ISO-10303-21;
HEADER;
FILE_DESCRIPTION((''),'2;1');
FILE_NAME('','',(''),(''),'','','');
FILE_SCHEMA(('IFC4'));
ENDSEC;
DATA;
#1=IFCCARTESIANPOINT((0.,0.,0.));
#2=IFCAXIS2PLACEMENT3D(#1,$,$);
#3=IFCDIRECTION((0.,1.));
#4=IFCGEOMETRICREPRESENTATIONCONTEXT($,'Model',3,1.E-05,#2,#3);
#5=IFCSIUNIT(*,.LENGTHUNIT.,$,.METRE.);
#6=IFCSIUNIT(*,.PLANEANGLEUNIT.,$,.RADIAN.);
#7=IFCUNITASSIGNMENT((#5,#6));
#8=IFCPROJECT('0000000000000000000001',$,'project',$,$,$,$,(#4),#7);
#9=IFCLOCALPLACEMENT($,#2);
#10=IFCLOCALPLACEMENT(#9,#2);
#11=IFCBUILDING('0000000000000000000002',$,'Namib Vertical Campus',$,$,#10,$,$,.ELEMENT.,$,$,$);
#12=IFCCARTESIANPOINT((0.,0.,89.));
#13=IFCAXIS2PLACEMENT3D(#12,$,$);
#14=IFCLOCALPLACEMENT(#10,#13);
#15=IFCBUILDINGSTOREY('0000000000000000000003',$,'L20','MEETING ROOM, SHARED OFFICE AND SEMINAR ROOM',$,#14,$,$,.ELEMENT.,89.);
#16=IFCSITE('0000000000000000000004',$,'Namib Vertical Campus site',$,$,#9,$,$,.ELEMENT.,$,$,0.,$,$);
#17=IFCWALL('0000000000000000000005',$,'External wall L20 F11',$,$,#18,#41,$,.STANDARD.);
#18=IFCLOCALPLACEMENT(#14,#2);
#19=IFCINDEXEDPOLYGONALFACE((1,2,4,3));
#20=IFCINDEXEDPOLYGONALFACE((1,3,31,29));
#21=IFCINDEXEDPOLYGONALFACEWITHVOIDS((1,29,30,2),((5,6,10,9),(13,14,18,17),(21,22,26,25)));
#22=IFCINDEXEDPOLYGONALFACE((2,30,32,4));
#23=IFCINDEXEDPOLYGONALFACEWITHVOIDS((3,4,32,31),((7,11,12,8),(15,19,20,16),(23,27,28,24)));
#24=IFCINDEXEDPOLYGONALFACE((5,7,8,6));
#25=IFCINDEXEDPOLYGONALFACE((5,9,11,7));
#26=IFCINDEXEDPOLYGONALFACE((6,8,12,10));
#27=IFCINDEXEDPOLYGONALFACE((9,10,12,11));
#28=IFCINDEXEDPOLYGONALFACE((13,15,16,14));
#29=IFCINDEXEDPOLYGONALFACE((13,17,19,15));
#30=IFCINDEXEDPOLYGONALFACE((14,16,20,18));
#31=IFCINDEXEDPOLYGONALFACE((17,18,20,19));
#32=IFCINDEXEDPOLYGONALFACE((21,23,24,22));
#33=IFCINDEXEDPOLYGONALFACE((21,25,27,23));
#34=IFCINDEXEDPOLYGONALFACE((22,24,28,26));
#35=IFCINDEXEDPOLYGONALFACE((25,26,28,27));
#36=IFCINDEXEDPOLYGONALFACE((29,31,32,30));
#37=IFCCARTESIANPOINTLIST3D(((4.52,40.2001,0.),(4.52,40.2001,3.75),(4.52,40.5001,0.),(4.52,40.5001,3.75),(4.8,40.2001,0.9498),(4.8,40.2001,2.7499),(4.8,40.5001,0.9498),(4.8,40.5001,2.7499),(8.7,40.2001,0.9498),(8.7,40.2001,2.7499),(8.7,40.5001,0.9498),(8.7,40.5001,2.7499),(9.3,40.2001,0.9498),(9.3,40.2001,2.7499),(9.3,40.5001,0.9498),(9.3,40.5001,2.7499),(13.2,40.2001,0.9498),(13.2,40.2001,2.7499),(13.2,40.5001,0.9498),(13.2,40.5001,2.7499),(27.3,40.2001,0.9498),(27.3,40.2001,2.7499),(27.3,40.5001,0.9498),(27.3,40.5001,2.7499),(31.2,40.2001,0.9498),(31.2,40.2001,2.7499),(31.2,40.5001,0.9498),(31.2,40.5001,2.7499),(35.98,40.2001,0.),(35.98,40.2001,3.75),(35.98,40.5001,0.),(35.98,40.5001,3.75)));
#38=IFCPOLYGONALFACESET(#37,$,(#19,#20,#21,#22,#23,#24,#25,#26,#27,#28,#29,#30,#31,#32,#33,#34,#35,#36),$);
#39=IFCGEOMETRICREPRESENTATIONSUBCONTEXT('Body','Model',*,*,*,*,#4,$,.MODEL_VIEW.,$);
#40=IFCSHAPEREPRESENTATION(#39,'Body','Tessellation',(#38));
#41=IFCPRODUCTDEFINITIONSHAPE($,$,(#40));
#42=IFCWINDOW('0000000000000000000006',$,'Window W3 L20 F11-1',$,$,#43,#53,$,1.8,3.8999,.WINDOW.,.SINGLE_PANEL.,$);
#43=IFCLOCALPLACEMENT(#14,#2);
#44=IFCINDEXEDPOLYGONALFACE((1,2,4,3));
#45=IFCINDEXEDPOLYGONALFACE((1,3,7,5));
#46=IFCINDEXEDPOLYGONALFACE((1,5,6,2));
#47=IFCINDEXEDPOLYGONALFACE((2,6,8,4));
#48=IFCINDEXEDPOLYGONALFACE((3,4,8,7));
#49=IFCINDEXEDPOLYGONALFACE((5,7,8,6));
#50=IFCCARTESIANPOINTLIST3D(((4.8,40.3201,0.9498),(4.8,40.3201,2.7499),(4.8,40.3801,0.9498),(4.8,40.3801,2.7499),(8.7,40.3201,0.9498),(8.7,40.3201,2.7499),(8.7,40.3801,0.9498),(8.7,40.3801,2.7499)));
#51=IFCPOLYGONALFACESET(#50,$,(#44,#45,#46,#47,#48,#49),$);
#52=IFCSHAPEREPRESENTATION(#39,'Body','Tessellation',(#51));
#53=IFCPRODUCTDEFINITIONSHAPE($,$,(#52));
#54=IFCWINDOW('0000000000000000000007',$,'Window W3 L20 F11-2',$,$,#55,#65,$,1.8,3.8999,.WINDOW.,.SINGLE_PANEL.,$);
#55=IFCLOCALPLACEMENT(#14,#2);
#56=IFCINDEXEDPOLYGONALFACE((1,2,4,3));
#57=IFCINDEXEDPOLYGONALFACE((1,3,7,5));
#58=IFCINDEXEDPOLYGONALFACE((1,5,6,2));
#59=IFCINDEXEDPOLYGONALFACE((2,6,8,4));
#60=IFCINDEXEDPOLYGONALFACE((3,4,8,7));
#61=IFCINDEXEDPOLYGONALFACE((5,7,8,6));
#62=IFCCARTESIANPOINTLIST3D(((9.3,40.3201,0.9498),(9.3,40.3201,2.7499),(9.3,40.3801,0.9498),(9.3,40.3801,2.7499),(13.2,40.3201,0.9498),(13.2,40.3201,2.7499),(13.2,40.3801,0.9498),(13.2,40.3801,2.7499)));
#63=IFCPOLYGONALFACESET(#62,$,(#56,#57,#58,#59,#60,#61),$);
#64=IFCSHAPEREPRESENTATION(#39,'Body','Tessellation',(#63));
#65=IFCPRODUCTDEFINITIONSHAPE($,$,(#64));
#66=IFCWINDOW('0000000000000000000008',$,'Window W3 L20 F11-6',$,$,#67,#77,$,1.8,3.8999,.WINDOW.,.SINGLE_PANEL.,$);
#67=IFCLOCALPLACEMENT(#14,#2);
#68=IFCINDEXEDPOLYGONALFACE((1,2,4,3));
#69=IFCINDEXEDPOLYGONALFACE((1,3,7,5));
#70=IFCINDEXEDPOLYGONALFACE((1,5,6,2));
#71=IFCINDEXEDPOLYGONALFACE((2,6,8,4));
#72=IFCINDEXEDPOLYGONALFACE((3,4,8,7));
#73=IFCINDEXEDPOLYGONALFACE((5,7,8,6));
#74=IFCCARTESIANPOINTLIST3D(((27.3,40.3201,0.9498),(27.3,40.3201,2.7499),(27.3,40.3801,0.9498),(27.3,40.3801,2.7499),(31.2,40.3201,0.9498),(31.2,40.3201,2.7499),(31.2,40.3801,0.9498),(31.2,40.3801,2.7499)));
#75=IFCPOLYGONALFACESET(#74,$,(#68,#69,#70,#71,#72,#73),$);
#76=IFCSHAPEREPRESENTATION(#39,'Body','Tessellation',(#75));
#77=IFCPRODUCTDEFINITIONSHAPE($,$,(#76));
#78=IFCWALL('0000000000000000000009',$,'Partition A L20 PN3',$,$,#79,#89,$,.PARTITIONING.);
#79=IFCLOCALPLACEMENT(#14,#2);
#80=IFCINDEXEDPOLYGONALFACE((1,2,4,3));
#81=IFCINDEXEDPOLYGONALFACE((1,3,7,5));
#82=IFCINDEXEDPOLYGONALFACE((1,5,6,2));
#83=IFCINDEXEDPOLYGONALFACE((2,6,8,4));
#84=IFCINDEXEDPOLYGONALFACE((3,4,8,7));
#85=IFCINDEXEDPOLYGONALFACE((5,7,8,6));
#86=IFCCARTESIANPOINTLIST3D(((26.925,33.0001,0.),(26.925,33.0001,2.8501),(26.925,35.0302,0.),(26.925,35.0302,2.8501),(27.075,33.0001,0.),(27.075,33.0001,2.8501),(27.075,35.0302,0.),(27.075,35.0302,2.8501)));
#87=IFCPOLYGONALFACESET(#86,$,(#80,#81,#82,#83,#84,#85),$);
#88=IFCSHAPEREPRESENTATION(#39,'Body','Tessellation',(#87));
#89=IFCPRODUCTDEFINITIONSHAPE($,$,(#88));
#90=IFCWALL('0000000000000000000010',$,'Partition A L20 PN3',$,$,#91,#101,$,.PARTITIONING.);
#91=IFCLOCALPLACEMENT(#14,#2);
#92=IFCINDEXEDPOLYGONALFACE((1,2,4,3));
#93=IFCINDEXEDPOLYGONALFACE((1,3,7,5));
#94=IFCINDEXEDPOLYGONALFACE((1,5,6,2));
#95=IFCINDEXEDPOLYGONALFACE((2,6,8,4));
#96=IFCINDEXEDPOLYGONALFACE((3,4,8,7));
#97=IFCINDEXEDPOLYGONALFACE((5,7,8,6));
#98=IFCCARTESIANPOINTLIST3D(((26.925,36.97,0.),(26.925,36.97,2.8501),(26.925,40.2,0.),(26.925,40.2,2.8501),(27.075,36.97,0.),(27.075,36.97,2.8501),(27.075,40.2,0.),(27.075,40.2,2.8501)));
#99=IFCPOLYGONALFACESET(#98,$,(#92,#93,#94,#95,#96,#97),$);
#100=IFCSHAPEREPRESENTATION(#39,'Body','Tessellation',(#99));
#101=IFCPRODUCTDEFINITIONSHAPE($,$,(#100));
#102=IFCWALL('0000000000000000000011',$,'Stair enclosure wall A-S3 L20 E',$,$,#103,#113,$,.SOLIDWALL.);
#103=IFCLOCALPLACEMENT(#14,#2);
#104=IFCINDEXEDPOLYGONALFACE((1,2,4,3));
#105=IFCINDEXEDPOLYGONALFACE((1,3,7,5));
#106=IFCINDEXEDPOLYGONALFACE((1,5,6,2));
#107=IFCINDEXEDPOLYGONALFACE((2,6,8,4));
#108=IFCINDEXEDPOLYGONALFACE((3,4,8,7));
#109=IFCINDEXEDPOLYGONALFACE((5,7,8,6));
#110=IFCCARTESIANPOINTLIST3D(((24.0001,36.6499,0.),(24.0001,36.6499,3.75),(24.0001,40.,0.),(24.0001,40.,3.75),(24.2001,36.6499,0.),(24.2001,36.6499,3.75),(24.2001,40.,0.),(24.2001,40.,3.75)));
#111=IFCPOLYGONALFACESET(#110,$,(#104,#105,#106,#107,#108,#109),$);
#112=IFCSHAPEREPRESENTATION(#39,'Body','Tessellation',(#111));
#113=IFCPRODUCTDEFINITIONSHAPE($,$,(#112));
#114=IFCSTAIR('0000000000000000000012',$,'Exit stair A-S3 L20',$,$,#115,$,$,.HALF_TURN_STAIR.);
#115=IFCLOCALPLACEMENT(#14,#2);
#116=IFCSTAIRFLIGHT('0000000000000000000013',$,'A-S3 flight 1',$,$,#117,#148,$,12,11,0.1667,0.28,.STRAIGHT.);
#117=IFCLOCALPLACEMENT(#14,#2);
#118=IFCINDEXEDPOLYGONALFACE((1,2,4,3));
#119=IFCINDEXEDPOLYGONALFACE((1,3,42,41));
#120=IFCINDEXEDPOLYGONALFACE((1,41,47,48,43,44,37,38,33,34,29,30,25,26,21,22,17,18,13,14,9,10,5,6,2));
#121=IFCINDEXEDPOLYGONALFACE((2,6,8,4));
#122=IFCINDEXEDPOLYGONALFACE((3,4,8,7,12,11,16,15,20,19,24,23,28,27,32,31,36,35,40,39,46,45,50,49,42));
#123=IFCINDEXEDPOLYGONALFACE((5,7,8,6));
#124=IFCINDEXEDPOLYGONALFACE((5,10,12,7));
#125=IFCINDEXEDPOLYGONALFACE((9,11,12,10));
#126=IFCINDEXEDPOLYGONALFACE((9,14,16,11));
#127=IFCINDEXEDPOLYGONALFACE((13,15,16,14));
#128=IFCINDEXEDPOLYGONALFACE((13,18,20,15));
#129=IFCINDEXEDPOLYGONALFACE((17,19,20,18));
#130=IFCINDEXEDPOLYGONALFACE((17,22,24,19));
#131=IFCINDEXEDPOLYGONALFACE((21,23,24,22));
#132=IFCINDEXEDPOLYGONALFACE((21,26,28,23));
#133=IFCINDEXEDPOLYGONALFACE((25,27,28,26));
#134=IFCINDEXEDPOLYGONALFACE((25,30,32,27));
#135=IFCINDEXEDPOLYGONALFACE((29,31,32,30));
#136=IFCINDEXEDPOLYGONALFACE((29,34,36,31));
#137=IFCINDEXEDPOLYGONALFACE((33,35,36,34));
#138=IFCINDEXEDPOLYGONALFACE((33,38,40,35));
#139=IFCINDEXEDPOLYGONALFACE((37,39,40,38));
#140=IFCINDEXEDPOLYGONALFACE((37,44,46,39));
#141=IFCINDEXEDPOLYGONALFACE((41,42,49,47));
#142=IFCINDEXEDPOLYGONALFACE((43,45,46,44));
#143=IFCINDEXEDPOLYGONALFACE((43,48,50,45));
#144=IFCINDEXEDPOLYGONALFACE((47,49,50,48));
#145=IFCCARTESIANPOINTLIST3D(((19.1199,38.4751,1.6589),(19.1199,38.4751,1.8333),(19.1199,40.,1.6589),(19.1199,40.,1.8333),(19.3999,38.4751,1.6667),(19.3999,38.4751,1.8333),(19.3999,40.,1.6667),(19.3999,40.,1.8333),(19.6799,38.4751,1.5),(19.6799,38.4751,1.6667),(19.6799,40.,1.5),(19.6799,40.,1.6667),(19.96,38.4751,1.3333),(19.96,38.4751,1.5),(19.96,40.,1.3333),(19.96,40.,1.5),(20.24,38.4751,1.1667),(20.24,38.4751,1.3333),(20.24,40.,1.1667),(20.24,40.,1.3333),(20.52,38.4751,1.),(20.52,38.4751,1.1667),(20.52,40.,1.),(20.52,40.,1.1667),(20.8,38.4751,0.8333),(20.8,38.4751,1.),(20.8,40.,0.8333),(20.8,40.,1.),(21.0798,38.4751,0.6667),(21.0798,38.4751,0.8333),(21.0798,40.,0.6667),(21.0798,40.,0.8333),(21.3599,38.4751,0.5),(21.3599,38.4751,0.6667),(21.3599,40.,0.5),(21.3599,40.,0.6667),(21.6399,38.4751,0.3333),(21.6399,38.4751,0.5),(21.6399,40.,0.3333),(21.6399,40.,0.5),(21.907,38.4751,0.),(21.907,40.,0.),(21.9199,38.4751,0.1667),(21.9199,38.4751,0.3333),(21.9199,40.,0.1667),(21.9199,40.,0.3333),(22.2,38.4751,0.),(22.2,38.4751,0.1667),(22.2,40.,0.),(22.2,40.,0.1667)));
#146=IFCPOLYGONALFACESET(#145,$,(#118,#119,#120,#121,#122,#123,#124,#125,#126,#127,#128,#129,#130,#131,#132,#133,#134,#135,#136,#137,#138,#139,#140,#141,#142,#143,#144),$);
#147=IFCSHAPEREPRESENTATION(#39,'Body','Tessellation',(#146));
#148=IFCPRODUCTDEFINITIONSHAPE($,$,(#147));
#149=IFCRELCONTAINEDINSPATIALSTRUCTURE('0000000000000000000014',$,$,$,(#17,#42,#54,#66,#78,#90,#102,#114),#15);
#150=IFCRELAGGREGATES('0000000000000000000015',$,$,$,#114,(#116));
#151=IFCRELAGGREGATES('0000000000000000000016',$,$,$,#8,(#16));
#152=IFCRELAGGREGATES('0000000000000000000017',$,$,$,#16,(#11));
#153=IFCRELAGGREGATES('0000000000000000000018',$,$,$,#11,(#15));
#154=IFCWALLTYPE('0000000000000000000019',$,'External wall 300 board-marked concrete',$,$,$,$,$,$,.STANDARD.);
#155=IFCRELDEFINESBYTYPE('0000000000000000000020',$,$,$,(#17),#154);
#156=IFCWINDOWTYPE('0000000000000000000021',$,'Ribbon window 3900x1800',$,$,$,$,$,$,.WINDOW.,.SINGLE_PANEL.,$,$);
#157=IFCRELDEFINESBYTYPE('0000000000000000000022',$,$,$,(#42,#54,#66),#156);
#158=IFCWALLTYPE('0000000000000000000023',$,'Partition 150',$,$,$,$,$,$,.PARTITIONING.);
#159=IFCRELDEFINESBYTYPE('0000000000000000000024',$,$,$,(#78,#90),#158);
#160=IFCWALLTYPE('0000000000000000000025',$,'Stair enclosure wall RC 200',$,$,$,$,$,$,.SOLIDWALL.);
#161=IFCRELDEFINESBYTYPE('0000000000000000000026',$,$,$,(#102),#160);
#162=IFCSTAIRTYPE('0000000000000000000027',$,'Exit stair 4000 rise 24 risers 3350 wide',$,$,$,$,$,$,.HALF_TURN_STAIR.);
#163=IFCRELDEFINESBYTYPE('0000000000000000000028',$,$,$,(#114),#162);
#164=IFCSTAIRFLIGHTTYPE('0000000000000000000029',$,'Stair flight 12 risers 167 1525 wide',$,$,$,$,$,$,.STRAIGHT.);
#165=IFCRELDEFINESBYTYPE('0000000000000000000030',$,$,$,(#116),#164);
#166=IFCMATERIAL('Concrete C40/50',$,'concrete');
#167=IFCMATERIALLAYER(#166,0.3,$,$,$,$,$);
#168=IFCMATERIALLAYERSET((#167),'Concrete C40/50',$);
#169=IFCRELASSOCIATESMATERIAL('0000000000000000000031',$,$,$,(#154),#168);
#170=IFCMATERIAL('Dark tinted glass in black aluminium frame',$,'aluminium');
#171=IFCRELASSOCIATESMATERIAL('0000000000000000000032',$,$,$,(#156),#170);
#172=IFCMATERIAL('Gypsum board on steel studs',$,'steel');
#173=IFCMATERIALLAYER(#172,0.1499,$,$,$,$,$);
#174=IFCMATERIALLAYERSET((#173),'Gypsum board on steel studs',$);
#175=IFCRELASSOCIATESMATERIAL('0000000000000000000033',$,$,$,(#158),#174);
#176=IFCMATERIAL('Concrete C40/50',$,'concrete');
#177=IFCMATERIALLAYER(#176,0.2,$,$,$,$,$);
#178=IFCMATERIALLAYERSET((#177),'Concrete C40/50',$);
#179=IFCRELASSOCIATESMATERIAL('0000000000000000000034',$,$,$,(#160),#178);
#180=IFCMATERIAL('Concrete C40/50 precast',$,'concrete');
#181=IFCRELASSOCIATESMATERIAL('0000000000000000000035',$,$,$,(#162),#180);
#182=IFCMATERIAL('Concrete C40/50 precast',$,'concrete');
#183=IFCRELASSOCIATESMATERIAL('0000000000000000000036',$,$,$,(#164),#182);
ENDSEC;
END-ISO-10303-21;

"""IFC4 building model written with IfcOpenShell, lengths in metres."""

from ifc_helpers import new_model, si_unit, direction, frame, frame_2d, origin, place, context, subcontext, project, spatial, polyline, rectangle, outline, extrude, material, layer, layer_set, type_object, element, fill, aggregate, save


model = new_model("IFC4")

# Units and contexts
model_context = context("Model", 3, precision=1e-05, world=origin(), true_north=direction((0.0, 1.0)))
body_context = subcontext(model_context, "Body", "Model", "MODEL_VIEW")
ifc_project = project(units=[si_unit("LENGTHUNIT", "METRE"), si_unit("PLANEANGLEUNIT", "RADIAN")], contexts=[model_context])

# Site, building, storey
site_placement = place(None, origin())
site = spatial("IfcSite", under=ifc_project, at=site_placement, Name="Namib Vertical Campus site", CompositionType="ELEMENT", RefElevation=0.0)
building_placement = place(site_placement, origin())
building = spatial("IfcBuilding", under=site, at=building_placement, Name="Namib Vertical Campus", CompositionType="ELEMENT")
storey_placement = place(building_placement, frame((0.0, 0.0, 89.0)))
storey = spatial("IfcBuildingStorey", under=building, at=storey_placement, Name="L20", Description="MEETING ROOM, SHARED OFFICE AND SEMINAR ROOM", CompositionType="ELEMENT", Elevation=89.0)

# Shared definitions
ifc_material_1 = material(Name="Concrete C40/50", Category="concrete")
ifc_layer_1 = layer(ifc_material_1, 0.3)
ifc_layer_set_1 = layer_set([ifc_layer_1], Name="Concrete C40/50")
wall_type_1 = type_object("IfcWallType", Name="External wall 300 board-marked concrete", PredefinedType="STANDARD", material=ifc_layer_set_1)

# Wall, openings, windows
wall_1_placement = place(storey_placement, frame((35.98, 40.3501, 0.0), z_axis=(0.0, 0.0, 1.0), x_axis=(-1.0, 0.0, 0.0)))
wall_1 = element("IfcWall", 1, at=wall_1_placement, inside=storey, type_object=wall_type_1, Name="External wall L20 F11", PredefinedType="STANDARD", context=body_context, shape_type="SweptSolid", body=[
    extrude(rectangle(XDim=31.46, YDim=0.3, at=frame_2d((15.73, 0.0))), origin(), (0.0, 0.0, 1.0), 3.75),
])
opening_1_placement = place(wall_1_placement, frame((27.28, 0.0, 0.95)))
opening_1 = element("IfcOpeningElement", 2, at=opening_1_placement, cuts=wall_1, PredefinedType="OPENING", context=body_context, shape_type="SweptSolid", body=[
    extrude(rectangle(XDim=3.8999, YDim=1.8, at=frame_2d((1.95, 0.8999))), frame((0.0, 0.1599, 0.0), z_axis=(0.0, -1.0, 0.0), x_axis=(1.0, 0.0, 0.0)), (0.0, 0.0, 1.0), 0.3201),
])
opening_2_placement = place(wall_1_placement, frame((22.78, 0.0, 0.95)))
opening_2 = element("IfcOpeningElement", 3, at=opening_2_placement, cuts=wall_1, PredefinedType="OPENING", context=body_context, shape_type="SweptSolid", body=[
    extrude(rectangle(XDim=3.8999, YDim=1.8, at=frame_2d((1.95, 0.8999))), frame((0.0, 0.1599, 0.0), z_axis=(0.0, -1.0, 0.0), x_axis=(1.0, 0.0, 0.0)), (0.0, 0.0, 1.0), 0.3201),
])
opening_3_placement = place(wall_1_placement, frame((4.78, 0.0, 0.95)))
opening_3 = element("IfcOpeningElement", 4, at=opening_3_placement, cuts=wall_1, PredefinedType="OPENING", context=body_context, shape_type="SweptSolid", body=[
    extrude(rectangle(XDim=3.8999, YDim=1.8, at=frame_2d((1.95, 0.8999))), frame((0.0, 0.1599, 0.0), z_axis=(0.0, -1.0, 0.0), x_axis=(1.0, 0.0, 0.0)), (0.0, 0.0, 1.0), 0.3201),
])
ifc_material_2 = material(Name="Dark tinted glass in black aluminium frame", Category="aluminium")
window_type = type_object("IfcWindowType", Name="Ribbon window 3900x1800", PartitioningType="SINGLE_PANEL", PredefinedType="WINDOW", material=ifc_material_2)
window_1_placement = place(opening_1_placement, origin())
window_1 = element("IfcWindow", 5, at=window_1_placement, inside=storey, type_object=window_type, Name="Window W3 L20 F11-1", OverallHeight=1.8, OverallWidth=3.8999, PartitioningType="SINGLE_PANEL", PredefinedType="WINDOW", context=body_context, shape_type="SweptSolid", body=[
    extrude(rectangle(XDim=3.8999, YDim=1.8, at=frame_2d((1.95, 0.8999))), frame((0.0, 0.03, 0.0), z_axis=(0.0, -1.0, 0.0), x_axis=(1.0, 0.0, 0.0)), (0.0, 0.0, 1.0), 0.0601),
])
fill(opening_1, window_1)
window_2_placement = place(opening_2_placement, origin())
window_2 = element("IfcWindow", 6, at=window_2_placement, inside=storey, type_object=window_type, Name="Window W3 L20 F11-2", OverallHeight=1.8, OverallWidth=3.8999, PartitioningType="SINGLE_PANEL", PredefinedType="WINDOW", context=body_context, shape_type="SweptSolid", body=[
    extrude(rectangle(XDim=3.8999, YDim=1.8, at=frame_2d((1.95, 0.8999))), frame((0.0, 0.03, 0.0), z_axis=(0.0, -1.0, 0.0), x_axis=(1.0, 0.0, 0.0)), (0.0, 0.0, 1.0), 0.0601),
])
fill(opening_2, window_2)
window_3_placement = place(opening_3_placement, origin())
window_3 = element("IfcWindow", 7, at=window_3_placement, inside=storey, type_object=window_type, Name="Window W3 L20 F11-6", OverallHeight=1.8, OverallWidth=3.8999, PartitioningType="SINGLE_PANEL", PredefinedType="WINDOW", context=body_context, shape_type="SweptSolid", body=[
    extrude(rectangle(XDim=3.8999, YDim=1.8, at=frame_2d((1.95, 0.8999))), frame((0.0, 0.03, 0.0), z_axis=(0.0, -1.0, 0.0), x_axis=(1.0, 0.0, 0.0)), (0.0, 0.0, 1.0), 0.0601),
])
fill(opening_3, window_3)

# Walls
ifc_material_3 = material(Name="Gypsum board on steel studs", Category="steel")
ifc_layer_2 = layer(ifc_material_3, 0.1499)
ifc_layer_set_2 = layer_set([ifc_layer_2], Name="Gypsum board on steel studs")
wall_type_2 = type_object("IfcWallType", Name="Partition 150", PredefinedType="PARTITIONING", material=ifc_layer_set_2)
wall_2_placement = place(storey_placement, frame((27.0, 33.0, 0.0), z_axis=(0.0, 0.0, 1.0), x_axis=(0.0, 1.0, 0.0)))
element("IfcWall", 8, at=wall_2_placement, inside=storey, type_object=wall_type_2, Name="Partition A L20 PN3", PredefinedType="PARTITIONING", context=body_context, shape_type="SweptSolid", body=[
    extrude(rectangle(XDim=2.03, YDim=0.1499, at=frame_2d((1.0151, 0.0))), origin(), (0.0, 0.0, 1.0), 2.8501),
])
wall_3_placement = place(storey_placement, frame((27.0, 36.97, 0.0), z_axis=(0.0, 0.0, 1.0), x_axis=(0.0, 1.0, 0.0)))
element("IfcWall", 9, at=wall_3_placement, inside=storey, type_object=wall_type_2, Name="Partition A L20 PN3", PredefinedType="PARTITIONING", context=body_context, shape_type="SweptSolid", body=[
    extrude(rectangle(XDim=3.23, YDim=0.1499, at=frame_2d((1.615, 0.0))), origin(), (0.0, 0.0, 1.0), 2.8501),
])
ifc_material_4 = material(Name="Concrete C40/50", Category="concrete")
ifc_layer_3 = layer(ifc_material_4, 0.2)
ifc_layer_set_3 = layer_set([ifc_layer_3], Name="Concrete C40/50")
wall_type_3 = type_object("IfcWallType", Name="Stair enclosure wall RC 200", PredefinedType="SOLIDWALL", material=ifc_layer_set_3)
wall_4_placement = place(storey_placement, frame((24.1001, 36.6499, 0.0), z_axis=(0.0, 0.0, 1.0), x_axis=(0.0, 1.0, 0.0)))
element("IfcWall", 10, at=wall_4_placement, inside=storey, type_object=wall_type_3, Name="Stair enclosure wall A-S3 L20 E", PredefinedType="SOLIDWALL", context=body_context, shape_type="SweptSolid", body=[
    extrude(rectangle(XDim=3.3501, YDim=0.2, at=frame_2d((1.675, 0.0))), origin(), (0.0, 0.0, 1.0), 3.75),
])

# Stair, stair flight
ifc_material_5 = material(Name="Concrete C40/50 precast", Category="concrete")
stair_type = type_object("IfcStairType", Name="Exit stair 4000 rise 24 risers 3350 wide", PredefinedType="HALF_TURN_STAIR", material=ifc_material_5)
stair_placement = place(storey_placement, origin())
stair = element("IfcStair", 11, at=stair_placement, inside=storey, type_object=stair_type, Name="Exit stair A-S3 L20", PredefinedType="HALF_TURN_STAIR")
ifc_material_6 = material(Name="Concrete C40/50 precast", Category="concrete")
stair_flight_type = type_object("IfcStairFlightType", Name="Stair flight 12 risers 167 1525 wide", PredefinedType="STRAIGHT", material=ifc_material_6)
stair_flight_1_placement = place(storey_placement, frame((22.2, 39.2375, 0.0), z_axis=(0.0, 0.0, 1.0), x_axis=(-1.0, 0.0, 0.0)))
stair_flight_1 = element("IfcStairFlight", 12, at=stair_flight_1_placement, type_object=stair_flight_type, Name="A-S3 flight 1", NumberOfRisers=12, NumberOfTreads=11, PredefinedType="STRAIGHT", RiserHeight=0.1667, TreadLength=0.28, context=body_context, shape_type="SweptSolid", body=[
    extrude(outline(polyline([(0.0, 0.0), (0.0, 0.1667), (0.28, 0.1667), (0.28, 0.3333), (0.5601, 0.3333), (0.5601, 0.5), (0.8401, 0.5), (0.8401, 0.6667), (1.1201, 0.6667), (1.1201, 0.8333), (1.3999, 0.8333), (1.3999, 1.0), (1.6799, 1.0), (1.6799, 1.1667), (1.96, 1.1667), (1.96, 1.3333), (2.24, 1.3333), (2.24, 1.5), (2.52, 1.5), (2.52, 1.6667), (2.8, 1.6667), (2.8, 1.8333), (3.0801, 1.8333), (3.0801, 2.0), (3.0801, 1.6589), (0.293, 0.0), (0.0, 0.0)])), frame((0.0, 0.7625, 0.0), z_axis=(0.0, -1.0, 0.0), x_axis=(1.0, 0.0, 0.0)), (0.0, 0.0, 1.0), 1.5249),
])
aggregate(stair, [stair_flight_1])

save(model, "model.ifc")
